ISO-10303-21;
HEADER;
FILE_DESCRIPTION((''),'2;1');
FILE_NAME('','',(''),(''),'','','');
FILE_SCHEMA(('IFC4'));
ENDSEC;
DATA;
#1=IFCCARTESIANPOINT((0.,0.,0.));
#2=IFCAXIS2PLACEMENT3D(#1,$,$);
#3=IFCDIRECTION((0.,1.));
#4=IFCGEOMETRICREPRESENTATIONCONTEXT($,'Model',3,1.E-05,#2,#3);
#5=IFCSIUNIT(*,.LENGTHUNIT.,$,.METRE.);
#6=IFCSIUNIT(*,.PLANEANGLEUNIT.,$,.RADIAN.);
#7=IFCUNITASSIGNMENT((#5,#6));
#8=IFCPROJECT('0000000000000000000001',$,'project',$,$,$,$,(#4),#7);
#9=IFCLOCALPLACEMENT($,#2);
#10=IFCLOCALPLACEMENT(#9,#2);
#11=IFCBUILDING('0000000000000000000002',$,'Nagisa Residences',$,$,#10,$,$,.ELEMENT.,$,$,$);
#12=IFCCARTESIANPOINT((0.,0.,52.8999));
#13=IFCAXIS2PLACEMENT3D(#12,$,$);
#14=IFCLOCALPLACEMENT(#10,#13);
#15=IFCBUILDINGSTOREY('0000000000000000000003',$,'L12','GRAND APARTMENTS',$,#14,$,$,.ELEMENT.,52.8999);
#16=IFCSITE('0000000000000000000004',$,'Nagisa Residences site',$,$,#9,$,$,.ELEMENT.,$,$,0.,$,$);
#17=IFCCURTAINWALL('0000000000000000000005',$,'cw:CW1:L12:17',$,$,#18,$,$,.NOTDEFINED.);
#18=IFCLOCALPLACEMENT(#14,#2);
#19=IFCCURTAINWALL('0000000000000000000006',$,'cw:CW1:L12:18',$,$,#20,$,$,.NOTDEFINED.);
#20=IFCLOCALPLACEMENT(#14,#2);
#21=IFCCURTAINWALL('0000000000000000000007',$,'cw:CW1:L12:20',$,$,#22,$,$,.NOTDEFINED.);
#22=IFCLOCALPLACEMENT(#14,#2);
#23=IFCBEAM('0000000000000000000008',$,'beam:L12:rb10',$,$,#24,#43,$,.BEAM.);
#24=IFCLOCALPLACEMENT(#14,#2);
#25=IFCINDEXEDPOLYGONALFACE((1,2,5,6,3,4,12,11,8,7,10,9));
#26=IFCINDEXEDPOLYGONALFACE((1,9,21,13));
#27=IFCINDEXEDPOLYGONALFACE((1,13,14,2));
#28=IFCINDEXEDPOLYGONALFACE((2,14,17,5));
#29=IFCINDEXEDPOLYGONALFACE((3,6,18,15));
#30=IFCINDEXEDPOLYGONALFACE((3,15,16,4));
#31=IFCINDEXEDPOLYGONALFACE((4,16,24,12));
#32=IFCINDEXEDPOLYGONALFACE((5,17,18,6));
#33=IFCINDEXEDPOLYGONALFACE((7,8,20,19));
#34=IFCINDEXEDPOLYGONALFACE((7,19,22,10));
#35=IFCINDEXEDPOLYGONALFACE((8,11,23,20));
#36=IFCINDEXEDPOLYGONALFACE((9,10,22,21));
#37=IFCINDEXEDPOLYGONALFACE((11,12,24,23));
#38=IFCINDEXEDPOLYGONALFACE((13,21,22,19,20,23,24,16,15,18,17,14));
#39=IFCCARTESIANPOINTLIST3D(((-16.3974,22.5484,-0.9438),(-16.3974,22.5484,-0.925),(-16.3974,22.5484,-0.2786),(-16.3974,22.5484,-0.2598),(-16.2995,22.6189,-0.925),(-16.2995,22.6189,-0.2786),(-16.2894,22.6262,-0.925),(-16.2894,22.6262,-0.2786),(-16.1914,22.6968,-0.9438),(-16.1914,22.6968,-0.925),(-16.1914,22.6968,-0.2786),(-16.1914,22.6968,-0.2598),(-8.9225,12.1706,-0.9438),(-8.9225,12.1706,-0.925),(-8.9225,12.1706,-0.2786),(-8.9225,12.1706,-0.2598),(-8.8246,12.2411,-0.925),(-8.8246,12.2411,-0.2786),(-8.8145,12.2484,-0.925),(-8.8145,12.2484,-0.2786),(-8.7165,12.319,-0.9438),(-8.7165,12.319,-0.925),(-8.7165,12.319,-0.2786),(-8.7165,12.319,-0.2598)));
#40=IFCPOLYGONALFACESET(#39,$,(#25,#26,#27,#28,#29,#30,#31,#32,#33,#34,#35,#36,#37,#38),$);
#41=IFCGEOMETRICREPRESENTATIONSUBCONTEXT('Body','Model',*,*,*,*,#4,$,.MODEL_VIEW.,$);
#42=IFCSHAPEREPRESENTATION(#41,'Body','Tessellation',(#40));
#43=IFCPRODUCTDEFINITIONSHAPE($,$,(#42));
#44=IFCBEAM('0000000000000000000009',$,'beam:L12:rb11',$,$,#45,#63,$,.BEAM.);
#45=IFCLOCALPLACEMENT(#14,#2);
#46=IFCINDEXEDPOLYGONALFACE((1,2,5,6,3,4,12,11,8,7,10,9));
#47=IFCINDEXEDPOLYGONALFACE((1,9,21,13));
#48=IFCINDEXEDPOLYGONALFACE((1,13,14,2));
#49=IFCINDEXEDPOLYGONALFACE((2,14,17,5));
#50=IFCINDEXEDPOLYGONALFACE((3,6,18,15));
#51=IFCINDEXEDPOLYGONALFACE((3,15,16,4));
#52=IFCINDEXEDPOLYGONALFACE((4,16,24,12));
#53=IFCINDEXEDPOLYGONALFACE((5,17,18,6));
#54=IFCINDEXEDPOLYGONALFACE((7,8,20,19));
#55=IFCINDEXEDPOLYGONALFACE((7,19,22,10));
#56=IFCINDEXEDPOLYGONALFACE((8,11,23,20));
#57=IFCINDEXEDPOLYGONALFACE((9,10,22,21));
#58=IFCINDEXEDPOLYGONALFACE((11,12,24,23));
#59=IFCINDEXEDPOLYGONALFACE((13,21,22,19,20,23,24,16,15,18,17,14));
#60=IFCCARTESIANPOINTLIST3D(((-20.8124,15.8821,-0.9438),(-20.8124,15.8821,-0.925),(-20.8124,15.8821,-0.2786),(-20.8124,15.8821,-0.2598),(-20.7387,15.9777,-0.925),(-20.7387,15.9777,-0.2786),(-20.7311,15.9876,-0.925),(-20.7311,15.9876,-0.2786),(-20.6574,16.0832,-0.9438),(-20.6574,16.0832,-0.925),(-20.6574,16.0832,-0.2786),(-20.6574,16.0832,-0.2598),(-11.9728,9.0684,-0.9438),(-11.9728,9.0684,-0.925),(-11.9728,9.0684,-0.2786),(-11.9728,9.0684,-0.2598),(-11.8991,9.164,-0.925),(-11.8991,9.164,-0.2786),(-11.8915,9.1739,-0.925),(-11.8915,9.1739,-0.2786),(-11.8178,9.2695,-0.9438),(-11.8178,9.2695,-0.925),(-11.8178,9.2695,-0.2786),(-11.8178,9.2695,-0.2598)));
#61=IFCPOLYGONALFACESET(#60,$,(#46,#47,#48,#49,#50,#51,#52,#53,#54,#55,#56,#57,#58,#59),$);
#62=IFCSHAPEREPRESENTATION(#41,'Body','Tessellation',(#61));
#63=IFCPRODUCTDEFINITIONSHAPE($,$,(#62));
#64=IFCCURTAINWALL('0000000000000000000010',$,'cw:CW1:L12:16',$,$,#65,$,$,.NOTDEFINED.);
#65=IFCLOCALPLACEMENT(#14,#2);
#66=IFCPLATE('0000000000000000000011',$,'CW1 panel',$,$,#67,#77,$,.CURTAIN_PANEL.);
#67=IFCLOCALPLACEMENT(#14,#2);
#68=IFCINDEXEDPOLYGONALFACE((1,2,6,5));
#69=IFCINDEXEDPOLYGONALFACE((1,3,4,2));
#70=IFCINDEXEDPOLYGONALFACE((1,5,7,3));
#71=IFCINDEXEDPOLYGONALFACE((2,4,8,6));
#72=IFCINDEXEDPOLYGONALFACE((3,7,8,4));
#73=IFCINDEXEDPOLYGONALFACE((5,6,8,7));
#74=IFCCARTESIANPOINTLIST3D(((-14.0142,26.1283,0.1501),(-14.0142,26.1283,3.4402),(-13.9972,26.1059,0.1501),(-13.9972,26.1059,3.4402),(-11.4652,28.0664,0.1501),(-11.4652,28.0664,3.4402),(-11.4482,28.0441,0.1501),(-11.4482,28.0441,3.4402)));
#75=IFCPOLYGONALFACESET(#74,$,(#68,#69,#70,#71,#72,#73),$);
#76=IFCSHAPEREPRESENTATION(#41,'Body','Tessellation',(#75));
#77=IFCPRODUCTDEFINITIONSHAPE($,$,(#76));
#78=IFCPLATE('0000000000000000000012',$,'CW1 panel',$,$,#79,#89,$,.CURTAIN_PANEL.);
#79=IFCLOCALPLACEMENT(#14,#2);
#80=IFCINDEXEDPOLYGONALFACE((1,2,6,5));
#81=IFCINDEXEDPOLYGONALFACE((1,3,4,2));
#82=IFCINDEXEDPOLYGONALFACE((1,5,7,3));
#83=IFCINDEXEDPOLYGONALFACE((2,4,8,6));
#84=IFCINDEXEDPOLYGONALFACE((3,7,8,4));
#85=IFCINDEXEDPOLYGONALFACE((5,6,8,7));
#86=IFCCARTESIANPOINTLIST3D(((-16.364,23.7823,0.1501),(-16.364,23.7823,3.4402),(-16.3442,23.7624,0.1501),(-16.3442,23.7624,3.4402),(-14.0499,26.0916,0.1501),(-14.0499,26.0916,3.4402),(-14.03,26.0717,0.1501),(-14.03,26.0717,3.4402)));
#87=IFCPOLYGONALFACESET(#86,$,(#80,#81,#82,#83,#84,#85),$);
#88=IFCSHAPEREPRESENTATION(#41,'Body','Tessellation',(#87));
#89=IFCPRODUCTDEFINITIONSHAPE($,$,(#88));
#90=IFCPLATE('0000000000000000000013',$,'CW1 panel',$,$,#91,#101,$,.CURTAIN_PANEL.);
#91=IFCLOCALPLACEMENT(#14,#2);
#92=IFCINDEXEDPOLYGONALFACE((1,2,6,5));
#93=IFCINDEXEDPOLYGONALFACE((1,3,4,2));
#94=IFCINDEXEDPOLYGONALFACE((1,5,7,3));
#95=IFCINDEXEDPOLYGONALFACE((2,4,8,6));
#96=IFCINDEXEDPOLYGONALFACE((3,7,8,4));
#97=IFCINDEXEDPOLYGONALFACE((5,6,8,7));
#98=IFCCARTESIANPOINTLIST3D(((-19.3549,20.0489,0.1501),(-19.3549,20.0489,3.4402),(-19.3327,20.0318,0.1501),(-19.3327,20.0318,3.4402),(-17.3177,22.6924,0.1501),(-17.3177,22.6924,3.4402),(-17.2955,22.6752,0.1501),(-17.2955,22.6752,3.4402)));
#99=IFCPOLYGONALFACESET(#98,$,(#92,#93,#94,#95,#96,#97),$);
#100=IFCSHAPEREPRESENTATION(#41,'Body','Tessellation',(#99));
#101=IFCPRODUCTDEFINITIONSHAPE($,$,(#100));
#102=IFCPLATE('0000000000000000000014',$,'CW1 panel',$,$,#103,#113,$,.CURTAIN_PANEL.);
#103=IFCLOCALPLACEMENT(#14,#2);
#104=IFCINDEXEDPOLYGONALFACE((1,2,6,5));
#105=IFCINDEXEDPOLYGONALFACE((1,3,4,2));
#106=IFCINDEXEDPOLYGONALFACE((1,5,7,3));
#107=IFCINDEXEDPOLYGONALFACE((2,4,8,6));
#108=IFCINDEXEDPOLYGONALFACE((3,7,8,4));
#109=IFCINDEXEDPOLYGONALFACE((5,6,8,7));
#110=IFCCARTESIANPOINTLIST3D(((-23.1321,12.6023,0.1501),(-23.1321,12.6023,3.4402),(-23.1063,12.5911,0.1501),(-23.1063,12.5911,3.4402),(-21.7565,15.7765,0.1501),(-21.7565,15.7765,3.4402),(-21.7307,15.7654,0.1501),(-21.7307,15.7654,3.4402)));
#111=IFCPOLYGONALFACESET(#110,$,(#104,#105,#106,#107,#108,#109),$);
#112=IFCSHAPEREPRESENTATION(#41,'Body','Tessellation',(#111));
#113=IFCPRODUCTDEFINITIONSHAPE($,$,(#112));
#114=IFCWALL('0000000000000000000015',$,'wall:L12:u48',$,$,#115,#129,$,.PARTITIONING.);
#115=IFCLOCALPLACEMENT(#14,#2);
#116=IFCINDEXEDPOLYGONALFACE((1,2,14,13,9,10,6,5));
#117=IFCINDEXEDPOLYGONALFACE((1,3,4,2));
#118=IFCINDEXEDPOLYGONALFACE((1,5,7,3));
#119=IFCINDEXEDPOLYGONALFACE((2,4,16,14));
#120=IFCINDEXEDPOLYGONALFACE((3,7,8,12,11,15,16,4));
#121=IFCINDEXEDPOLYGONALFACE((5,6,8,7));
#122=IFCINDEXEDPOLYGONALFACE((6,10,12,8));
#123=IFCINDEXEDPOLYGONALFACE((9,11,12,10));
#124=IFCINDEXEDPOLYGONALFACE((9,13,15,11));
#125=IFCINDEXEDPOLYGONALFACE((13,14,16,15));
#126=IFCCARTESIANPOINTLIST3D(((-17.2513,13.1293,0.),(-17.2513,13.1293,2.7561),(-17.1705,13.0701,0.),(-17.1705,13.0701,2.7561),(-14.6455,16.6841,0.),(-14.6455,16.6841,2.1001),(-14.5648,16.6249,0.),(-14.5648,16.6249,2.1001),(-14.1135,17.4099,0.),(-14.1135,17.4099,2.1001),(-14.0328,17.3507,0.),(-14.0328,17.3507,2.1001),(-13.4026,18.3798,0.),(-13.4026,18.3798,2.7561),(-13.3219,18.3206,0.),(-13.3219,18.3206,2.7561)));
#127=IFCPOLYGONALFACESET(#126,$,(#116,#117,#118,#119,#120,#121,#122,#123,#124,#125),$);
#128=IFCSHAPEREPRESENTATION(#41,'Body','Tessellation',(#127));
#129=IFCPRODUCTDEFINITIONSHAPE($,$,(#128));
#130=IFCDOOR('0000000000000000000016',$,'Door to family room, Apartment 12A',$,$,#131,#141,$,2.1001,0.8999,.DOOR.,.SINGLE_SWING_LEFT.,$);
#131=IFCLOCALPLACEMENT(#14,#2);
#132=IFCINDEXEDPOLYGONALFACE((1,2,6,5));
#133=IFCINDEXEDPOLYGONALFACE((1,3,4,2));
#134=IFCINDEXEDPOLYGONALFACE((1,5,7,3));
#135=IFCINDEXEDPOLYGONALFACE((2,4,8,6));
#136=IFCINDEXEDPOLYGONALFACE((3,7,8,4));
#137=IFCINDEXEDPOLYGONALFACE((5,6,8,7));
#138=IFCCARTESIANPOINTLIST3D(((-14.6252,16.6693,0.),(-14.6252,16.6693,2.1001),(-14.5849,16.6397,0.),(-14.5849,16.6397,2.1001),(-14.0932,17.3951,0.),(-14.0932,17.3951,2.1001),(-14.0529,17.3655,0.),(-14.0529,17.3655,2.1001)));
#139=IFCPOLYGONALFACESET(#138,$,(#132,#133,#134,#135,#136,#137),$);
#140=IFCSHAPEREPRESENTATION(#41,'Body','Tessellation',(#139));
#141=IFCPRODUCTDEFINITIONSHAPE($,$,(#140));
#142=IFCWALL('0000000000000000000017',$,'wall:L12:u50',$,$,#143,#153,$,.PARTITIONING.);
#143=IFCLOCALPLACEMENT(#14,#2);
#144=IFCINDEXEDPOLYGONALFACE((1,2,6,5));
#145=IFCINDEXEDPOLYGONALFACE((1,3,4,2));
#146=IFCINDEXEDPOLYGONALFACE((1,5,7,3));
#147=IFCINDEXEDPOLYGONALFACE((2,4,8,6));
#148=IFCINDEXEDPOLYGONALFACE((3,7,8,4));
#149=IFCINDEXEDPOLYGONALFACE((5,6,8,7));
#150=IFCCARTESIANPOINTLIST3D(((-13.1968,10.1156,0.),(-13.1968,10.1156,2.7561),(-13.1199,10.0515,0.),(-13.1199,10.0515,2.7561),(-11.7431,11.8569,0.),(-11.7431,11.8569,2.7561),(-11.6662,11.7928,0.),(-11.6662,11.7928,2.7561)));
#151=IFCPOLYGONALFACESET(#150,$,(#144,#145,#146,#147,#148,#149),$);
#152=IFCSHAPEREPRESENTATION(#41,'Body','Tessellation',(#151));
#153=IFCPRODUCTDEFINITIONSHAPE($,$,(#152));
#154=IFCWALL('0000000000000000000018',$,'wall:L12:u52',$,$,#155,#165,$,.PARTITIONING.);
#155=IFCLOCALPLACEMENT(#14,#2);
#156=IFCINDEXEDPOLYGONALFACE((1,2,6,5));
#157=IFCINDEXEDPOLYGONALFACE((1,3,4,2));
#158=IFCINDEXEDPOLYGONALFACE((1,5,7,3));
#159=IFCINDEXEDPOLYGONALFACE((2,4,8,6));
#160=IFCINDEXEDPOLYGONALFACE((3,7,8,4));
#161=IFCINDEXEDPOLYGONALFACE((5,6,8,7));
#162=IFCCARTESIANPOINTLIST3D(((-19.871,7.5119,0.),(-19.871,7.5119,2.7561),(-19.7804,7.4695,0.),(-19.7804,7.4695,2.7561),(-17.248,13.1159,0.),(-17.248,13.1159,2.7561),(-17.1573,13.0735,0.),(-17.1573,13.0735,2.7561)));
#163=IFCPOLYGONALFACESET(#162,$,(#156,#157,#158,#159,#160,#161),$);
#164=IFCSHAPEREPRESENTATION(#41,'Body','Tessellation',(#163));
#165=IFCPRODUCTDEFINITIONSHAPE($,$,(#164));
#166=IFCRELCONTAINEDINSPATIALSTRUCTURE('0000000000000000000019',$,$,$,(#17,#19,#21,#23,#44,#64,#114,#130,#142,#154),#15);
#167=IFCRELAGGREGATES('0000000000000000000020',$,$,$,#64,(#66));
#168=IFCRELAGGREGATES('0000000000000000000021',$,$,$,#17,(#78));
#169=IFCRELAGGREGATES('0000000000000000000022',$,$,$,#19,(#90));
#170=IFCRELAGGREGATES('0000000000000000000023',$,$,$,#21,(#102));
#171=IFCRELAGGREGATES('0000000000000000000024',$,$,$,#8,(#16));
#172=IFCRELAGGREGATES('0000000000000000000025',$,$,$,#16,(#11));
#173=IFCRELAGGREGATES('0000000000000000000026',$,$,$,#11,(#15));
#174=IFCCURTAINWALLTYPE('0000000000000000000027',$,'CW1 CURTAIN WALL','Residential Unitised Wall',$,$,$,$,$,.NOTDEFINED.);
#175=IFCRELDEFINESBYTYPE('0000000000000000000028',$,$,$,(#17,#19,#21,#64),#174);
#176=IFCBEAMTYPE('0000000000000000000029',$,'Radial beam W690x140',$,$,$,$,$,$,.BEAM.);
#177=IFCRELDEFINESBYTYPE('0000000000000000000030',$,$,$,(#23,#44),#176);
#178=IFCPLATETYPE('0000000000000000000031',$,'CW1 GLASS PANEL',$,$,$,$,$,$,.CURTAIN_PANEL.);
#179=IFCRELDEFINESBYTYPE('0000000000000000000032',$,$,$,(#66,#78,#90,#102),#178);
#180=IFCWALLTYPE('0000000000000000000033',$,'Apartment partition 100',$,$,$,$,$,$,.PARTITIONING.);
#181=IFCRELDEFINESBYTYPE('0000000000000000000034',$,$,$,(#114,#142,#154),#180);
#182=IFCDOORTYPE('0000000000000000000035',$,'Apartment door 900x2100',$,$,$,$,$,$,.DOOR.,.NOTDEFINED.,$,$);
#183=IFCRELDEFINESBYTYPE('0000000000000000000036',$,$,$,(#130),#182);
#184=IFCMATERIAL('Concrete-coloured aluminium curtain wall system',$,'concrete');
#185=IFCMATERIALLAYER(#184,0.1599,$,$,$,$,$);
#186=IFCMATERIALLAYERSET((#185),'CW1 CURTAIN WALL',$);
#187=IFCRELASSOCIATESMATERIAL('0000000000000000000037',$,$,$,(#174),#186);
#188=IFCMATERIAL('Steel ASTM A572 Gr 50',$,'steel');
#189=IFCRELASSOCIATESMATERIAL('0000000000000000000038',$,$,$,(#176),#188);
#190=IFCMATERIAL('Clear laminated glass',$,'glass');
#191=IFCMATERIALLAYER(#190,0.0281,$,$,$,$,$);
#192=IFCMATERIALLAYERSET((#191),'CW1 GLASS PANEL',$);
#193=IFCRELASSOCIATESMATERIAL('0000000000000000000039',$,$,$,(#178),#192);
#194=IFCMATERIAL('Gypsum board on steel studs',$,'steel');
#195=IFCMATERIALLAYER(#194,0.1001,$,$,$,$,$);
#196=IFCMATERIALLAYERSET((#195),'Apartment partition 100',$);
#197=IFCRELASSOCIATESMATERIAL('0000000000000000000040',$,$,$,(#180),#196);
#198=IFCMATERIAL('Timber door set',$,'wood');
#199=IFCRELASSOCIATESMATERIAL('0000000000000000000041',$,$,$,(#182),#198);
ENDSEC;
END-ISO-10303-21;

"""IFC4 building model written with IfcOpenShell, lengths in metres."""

from ifc_helpers import new_model, si_unit, direction, frame, frame_2d, origin, origin_2d, place, context, subcontext, project, spatial, rectangle, i_section, extrude, material, layer, layer_set, material_profile, profile_set, type_object, element, fill, aggregate, save


model = new_model("IFC4")

# Units and contexts
model_context = context("Model", 3, precision=1e-05, world=origin(), true_north=direction((0.0, 1.0)))
body_context = subcontext(model_context, "Body", "Model", "MODEL_VIEW")
ifc_project = project(units=[si_unit("LENGTHUNIT", "METRE"), si_unit("PLANEANGLEUNIT", "RADIAN")], contexts=[model_context])

# Site, building, storey
site_placement = place(None, origin())
site = spatial("IfcSite", under=ifc_project, at=site_placement, Name="Nagisa Residences site", CompositionType="ELEMENT", RefElevation=0.0)
building_placement = place(site_placement, origin())
building = spatial("IfcBuilding", under=site, at=building_placement, Name="Nagisa Residences", CompositionType="ELEMENT")
storey_placement = place(building_placement, frame((0.0, 0.0, 52.8999)))
storey = spatial("IfcBuildingStorey", under=building, at=storey_placement, Name="L12", Description="GRAND APARTMENTS", CompositionType="ELEMENT", Elevation=52.8999)

# Curtain walls
ifc_material_1 = material(Name="Concrete-coloured aluminium curtain wall system", Category="concrete")
ifc_layer_1 = layer(ifc_material_1, 0.1599)
ifc_layer_set_1 = layer_set([ifc_layer_1], Name="CW1 CURTAIN WALL")
curtain_wall_type = type_object("IfcCurtainWallType", Name="CW1 CURTAIN WALL", Description="Residential Unitised Wall", PredefinedType="NOTDEFINED", material=ifc_layer_set_1)
curtain_wall_1_placement = place(storey_placement, origin())
curtain_wall_1 = element("IfcCurtainWall", 1, at=curtain_wall_1_placement, inside=storey, type_object=curtain_wall_type, Name="cw:CW1:L12:17", PredefinedType="NOTDEFINED")
curtain_wall_2_placement = place(storey_placement, origin())
curtain_wall_2 = element("IfcCurtainWall", 2, at=curtain_wall_2_placement, inside=storey, type_object=curtain_wall_type, Name="cw:CW1:L12:18", PredefinedType="NOTDEFINED")
curtain_wall_3_placement = place(storey_placement, origin())
curtain_wall_3 = element("IfcCurtainWall", 3, at=curtain_wall_3_placement, inside=storey, type_object=curtain_wall_type, Name="cw:CW1:L12:20", PredefinedType="NOTDEFINED")

# Beams
ifc_material_2 = material(Name="Steel ASTM A572 Gr 50", Category="steel")
ifc_material_profile_1 = material_profile(ifc_material_2, i_section(OverallWidth=0.2539, OverallDepth=0.6841, WebThickness=0.0125, FlangeThickness=0.0188, at=origin_2d()), Name="W690x140")
ifc_profile_set_1 = profile_set([ifc_material_profile_1], Name="Steel ASTM A572 Gr 50")
beam_type_1 = type_object("IfcBeamType", Name="Radial beam W690x140", PredefinedType="BEAM", material=ifc_profile_set_1)
beam_1_placement = place(storey_placement, frame((-16.2944, 22.6226, -0.6018), z_axis=(0.584455, -0.811426, 0.0), x_axis=(0.811426, 0.584455, 0.0)))
element("IfcBeam", 4, at=beam_1_placement, inside=storey, type_object=beam_type_1, Name="beam:L12:rb10", PredefinedType="BEAM", context=body_context, shape_type="SweptSolid", body=[
    extrude(i_section(OverallWidth=0.2539, OverallDepth=0.6841, WebThickness=0.0125, FlangeThickness=0.0188, at=origin_2d()), origin(), (0.0, 0.0, 1.0), 12.7896),
])
beam_2_placement = place(storey_placement, frame((-20.7349, 15.9827, -0.6018), z_axis=(0.792016, -0.6105, 0.0), x_axis=(0.6105, 0.792016, 0.0)))
element("IfcBeam", 5, at=beam_2_placement, inside=storey, type_object=beam_type_1, Name="beam:L12:rb11", PredefinedType="BEAM", context=body_context, shape_type="SweptSolid", body=[
    extrude(i_section(OverallWidth=0.2539, OverallDepth=0.6841, WebThickness=0.0125, FlangeThickness=0.0188, at=origin_2d()), origin(), (0.0, 0.0, 1.0), 11.1609),
])

# Curtain wall, plate
curtain_wall_4_placement = place(storey_placement, origin())
curtain_wall_4 = element("IfcCurtainWall", 6, at=curtain_wall_4_placement, inside=storey, type_object=curtain_wall_type, Name="cw:CW1:L12:16", PredefinedType="NOTDEFINED")
ifc_material_3 = material(Name="Clear laminated glass", Category="glass")
ifc_layer_2 = layer(ifc_material_3, 0.0281)
ifc_layer_set_2 = layer_set([ifc_layer_2], Name="CW1 GLASS PANEL")
plate_type = type_object("IfcPlateType", Name="CW1 GLASS PANEL", PredefinedType="CURTAIN_PANEL", material=ifc_layer_set_2)
plate_1_placement = place(storey_placement, frame((-12.7312, 27.0862, 0.1501), z_axis=(0.0, 0.0, 1.0), x_axis=(-0.796031, -0.605255, 0.0)))
plate_1 = element("IfcPlate", 7, at=plate_1_placement, type_object=plate_type, Name="CW1 panel", PredefinedType="CURTAIN_PANEL", context=body_context, shape_type="SweptSolid", body=[
    extrude(rectangle(XDim=3.2021, YDim=0.0281, at=origin_2d()), origin(), (0.0, 0.0, 1.0), 3.29),
])
aggregate(curtain_wall_4, [plate_1])

# Plates
plate_2_placement = place(storey_placement, frame((-15.197, 24.927, 0.1501), z_axis=(0.0, 0.0, 1.0), x_axis=(-0.707836, -0.706377, 0.0)))
plate_2 = element("IfcPlate", 8, at=plate_2_placement, type_object=plate_type, Name="CW1 panel", PredefinedType="CURTAIN_PANEL", context=body_context, shape_type="SweptSolid", body=[
    extrude(rectangle(XDim=3.2693, YDim=0.0281, at=origin_2d()), origin(), (0.0, 0.0, 1.0), 3.29),
])
aggregate(curtain_wall_1, [plate_2])
plate_3_placement = place(storey_placement, frame((-18.3252, 21.3621, 0.1501), z_axis=(0.0, 0.0, 1.0), x_axis=(-0.61043, -0.79207, 0.0)))
plate_3 = element("IfcPlate", 9, at=plate_3_placement, type_object=plate_type, Name="CW1 panel", PredefinedType="CURTAIN_PANEL", context=body_context, shape_type="SweptSolid", body=[
    extrude(rectangle(XDim=3.3374, YDim=0.0281, at=origin_2d()), origin(), (0.0, 0.0, 1.0), 3.29),
])
aggregate(curtain_wall_2, [plate_3])
plate_4_placement = place(storey_placement, frame((-22.4314, 14.1838, 0.1501), z_axis=(0.0, 0.0, 1.0), x_axis=(-0.397636, -0.917543, 0.0)))
plate_4 = element("IfcPlate", 10, at=plate_4_placement, type_object=plate_type, Name="CW1 panel", PredefinedType="CURTAIN_PANEL", context=body_context, shape_type="SweptSolid", body=[
    extrude(rectangle(XDim=3.4595, YDim=0.0281, at=origin_2d()), origin(), (0.0, 0.0, 1.0), 3.29),
])
aggregate(curtain_wall_3, [plate_4])

# Wall, opening, door
ifc_material_4 = material(Name="Gypsum board on steel studs", Category="steel")
ifc_layer_3 = layer(ifc_material_4, 0.1001)
ifc_layer_set_3 = layer_set([ifc_layer_3], Name="Apartment partition 100")
wall_type_1 = type_object("IfcWallType", Name="Apartment partition 100", PredefinedType="PARTITIONING", material=ifc_layer_set_3)
wall_1_placement = place(storey_placement, frame((-13.3623, 18.3501, 0.0), z_axis=(0.0, 0.0, 1.0), x_axis=(-0.591191, -0.806531, 0.0)))
wall_1 = element("IfcWall", 11, at=wall_1_placement, inside=storey, type_object=wall_type_1, Name="wall:L12:u48", PredefinedType="PARTITIONING", context=body_context, shape_type="SweptSolid", body=[
    extrude(rectangle(XDim=6.51, YDim=0.1001, at=frame_2d((3.2549, 0.0))), origin(), (0.0, 0.0, 1.0), 2.7561),
])
opening_1_placement = place(wall_1_placement, frame((1.2024, 0.0, 0.0)))
opening_1 = element("IfcOpeningElement", 12, at=opening_1_placement, cuts=wall_1, PredefinedType="OPENING", context=body_context, shape_type="SweptSolid", body=[
    extrude(rectangle(XDim=0.8999, YDim=2.1001, at=frame_2d((0.45, 1.05))), frame((0.0, 0.0601, 0.0), z_axis=(0.0, -1.0, 0.0), x_axis=(1.0, 0.0, 0.0)), (0.0, 0.0, 1.0), 0.1201),
])
ifc_material_5 = material(Name="Timber door set", Category="wood")
door_type_1 = type_object("IfcDoorType", Name="Apartment door 900x2100", OperationType="NOTDEFINED", PredefinedType="DOOR", material=ifc_material_5)
door_1_placement = place(opening_1_placement, frame((0.8999, 0.0, 0.0), x_axis=(-1.0, 0.0, 0.0)))
door_1 = element("IfcDoor", 13, at=door_1_placement, inside=storey, type_object=door_type_1, Name="Door to family room, Apartment 12A", OperationType="SINGLE_SWING_LEFT", OverallHeight=2.1001, OverallWidth=0.8999, PredefinedType="DOOR", context=body_context, shape_type="SweptSolid", body=[
    extrude(rectangle(XDim=0.8999, YDim=2.1001, at=frame_2d((0.45, 1.05))), frame((0.0, 0.0249, 0.0), z_axis=(0.0, -1.0, 0.0), x_axis=(1.0, 0.0, 0.0)), (0.0, 0.0, 1.0), 0.05),
])
fill(opening_1, door_1)

# Walls
wall_2_placement = place(storey_placement, frame((-11.7046, 11.825, 0.0), z_axis=(0.0, 0.0, 1.0), x_axis=(-0.640862, -0.767656, 0.0)))
element("IfcWall", 14, at=wall_2_placement, inside=storey, type_object=wall_type_1, Name="wall:L12:u50", PredefinedType="PARTITIONING", context=body_context, shape_type="SweptSolid", body=[
    extrude(rectangle(XDim=2.2683, YDim=0.1001, at=frame_2d((1.1343, 0.0))), origin(), (0.0, 0.0, 1.0), 2.7561),
])
wall_3_placement = place(storey_placement, frame((-17.2026, 13.0947, 0.0), z_axis=(0.0, 0.0, 1.0), x_axis=(-0.423926, -0.905697, 0.0)))
element("IfcWall", 15, at=wall_3_placement, inside=storey, type_object=wall_type_1, Name="wall:L12:u52", PredefinedType="PARTITIONING", context=body_context, shape_type="SweptSolid", body=[
    extrude(rectangle(XDim=6.1875, YDim=0.1001, at=frame_2d((3.0938, 0.0))), origin(), (0.0, 0.0, 1.0), 2.7561),
])

save(model, "model.ifc")
